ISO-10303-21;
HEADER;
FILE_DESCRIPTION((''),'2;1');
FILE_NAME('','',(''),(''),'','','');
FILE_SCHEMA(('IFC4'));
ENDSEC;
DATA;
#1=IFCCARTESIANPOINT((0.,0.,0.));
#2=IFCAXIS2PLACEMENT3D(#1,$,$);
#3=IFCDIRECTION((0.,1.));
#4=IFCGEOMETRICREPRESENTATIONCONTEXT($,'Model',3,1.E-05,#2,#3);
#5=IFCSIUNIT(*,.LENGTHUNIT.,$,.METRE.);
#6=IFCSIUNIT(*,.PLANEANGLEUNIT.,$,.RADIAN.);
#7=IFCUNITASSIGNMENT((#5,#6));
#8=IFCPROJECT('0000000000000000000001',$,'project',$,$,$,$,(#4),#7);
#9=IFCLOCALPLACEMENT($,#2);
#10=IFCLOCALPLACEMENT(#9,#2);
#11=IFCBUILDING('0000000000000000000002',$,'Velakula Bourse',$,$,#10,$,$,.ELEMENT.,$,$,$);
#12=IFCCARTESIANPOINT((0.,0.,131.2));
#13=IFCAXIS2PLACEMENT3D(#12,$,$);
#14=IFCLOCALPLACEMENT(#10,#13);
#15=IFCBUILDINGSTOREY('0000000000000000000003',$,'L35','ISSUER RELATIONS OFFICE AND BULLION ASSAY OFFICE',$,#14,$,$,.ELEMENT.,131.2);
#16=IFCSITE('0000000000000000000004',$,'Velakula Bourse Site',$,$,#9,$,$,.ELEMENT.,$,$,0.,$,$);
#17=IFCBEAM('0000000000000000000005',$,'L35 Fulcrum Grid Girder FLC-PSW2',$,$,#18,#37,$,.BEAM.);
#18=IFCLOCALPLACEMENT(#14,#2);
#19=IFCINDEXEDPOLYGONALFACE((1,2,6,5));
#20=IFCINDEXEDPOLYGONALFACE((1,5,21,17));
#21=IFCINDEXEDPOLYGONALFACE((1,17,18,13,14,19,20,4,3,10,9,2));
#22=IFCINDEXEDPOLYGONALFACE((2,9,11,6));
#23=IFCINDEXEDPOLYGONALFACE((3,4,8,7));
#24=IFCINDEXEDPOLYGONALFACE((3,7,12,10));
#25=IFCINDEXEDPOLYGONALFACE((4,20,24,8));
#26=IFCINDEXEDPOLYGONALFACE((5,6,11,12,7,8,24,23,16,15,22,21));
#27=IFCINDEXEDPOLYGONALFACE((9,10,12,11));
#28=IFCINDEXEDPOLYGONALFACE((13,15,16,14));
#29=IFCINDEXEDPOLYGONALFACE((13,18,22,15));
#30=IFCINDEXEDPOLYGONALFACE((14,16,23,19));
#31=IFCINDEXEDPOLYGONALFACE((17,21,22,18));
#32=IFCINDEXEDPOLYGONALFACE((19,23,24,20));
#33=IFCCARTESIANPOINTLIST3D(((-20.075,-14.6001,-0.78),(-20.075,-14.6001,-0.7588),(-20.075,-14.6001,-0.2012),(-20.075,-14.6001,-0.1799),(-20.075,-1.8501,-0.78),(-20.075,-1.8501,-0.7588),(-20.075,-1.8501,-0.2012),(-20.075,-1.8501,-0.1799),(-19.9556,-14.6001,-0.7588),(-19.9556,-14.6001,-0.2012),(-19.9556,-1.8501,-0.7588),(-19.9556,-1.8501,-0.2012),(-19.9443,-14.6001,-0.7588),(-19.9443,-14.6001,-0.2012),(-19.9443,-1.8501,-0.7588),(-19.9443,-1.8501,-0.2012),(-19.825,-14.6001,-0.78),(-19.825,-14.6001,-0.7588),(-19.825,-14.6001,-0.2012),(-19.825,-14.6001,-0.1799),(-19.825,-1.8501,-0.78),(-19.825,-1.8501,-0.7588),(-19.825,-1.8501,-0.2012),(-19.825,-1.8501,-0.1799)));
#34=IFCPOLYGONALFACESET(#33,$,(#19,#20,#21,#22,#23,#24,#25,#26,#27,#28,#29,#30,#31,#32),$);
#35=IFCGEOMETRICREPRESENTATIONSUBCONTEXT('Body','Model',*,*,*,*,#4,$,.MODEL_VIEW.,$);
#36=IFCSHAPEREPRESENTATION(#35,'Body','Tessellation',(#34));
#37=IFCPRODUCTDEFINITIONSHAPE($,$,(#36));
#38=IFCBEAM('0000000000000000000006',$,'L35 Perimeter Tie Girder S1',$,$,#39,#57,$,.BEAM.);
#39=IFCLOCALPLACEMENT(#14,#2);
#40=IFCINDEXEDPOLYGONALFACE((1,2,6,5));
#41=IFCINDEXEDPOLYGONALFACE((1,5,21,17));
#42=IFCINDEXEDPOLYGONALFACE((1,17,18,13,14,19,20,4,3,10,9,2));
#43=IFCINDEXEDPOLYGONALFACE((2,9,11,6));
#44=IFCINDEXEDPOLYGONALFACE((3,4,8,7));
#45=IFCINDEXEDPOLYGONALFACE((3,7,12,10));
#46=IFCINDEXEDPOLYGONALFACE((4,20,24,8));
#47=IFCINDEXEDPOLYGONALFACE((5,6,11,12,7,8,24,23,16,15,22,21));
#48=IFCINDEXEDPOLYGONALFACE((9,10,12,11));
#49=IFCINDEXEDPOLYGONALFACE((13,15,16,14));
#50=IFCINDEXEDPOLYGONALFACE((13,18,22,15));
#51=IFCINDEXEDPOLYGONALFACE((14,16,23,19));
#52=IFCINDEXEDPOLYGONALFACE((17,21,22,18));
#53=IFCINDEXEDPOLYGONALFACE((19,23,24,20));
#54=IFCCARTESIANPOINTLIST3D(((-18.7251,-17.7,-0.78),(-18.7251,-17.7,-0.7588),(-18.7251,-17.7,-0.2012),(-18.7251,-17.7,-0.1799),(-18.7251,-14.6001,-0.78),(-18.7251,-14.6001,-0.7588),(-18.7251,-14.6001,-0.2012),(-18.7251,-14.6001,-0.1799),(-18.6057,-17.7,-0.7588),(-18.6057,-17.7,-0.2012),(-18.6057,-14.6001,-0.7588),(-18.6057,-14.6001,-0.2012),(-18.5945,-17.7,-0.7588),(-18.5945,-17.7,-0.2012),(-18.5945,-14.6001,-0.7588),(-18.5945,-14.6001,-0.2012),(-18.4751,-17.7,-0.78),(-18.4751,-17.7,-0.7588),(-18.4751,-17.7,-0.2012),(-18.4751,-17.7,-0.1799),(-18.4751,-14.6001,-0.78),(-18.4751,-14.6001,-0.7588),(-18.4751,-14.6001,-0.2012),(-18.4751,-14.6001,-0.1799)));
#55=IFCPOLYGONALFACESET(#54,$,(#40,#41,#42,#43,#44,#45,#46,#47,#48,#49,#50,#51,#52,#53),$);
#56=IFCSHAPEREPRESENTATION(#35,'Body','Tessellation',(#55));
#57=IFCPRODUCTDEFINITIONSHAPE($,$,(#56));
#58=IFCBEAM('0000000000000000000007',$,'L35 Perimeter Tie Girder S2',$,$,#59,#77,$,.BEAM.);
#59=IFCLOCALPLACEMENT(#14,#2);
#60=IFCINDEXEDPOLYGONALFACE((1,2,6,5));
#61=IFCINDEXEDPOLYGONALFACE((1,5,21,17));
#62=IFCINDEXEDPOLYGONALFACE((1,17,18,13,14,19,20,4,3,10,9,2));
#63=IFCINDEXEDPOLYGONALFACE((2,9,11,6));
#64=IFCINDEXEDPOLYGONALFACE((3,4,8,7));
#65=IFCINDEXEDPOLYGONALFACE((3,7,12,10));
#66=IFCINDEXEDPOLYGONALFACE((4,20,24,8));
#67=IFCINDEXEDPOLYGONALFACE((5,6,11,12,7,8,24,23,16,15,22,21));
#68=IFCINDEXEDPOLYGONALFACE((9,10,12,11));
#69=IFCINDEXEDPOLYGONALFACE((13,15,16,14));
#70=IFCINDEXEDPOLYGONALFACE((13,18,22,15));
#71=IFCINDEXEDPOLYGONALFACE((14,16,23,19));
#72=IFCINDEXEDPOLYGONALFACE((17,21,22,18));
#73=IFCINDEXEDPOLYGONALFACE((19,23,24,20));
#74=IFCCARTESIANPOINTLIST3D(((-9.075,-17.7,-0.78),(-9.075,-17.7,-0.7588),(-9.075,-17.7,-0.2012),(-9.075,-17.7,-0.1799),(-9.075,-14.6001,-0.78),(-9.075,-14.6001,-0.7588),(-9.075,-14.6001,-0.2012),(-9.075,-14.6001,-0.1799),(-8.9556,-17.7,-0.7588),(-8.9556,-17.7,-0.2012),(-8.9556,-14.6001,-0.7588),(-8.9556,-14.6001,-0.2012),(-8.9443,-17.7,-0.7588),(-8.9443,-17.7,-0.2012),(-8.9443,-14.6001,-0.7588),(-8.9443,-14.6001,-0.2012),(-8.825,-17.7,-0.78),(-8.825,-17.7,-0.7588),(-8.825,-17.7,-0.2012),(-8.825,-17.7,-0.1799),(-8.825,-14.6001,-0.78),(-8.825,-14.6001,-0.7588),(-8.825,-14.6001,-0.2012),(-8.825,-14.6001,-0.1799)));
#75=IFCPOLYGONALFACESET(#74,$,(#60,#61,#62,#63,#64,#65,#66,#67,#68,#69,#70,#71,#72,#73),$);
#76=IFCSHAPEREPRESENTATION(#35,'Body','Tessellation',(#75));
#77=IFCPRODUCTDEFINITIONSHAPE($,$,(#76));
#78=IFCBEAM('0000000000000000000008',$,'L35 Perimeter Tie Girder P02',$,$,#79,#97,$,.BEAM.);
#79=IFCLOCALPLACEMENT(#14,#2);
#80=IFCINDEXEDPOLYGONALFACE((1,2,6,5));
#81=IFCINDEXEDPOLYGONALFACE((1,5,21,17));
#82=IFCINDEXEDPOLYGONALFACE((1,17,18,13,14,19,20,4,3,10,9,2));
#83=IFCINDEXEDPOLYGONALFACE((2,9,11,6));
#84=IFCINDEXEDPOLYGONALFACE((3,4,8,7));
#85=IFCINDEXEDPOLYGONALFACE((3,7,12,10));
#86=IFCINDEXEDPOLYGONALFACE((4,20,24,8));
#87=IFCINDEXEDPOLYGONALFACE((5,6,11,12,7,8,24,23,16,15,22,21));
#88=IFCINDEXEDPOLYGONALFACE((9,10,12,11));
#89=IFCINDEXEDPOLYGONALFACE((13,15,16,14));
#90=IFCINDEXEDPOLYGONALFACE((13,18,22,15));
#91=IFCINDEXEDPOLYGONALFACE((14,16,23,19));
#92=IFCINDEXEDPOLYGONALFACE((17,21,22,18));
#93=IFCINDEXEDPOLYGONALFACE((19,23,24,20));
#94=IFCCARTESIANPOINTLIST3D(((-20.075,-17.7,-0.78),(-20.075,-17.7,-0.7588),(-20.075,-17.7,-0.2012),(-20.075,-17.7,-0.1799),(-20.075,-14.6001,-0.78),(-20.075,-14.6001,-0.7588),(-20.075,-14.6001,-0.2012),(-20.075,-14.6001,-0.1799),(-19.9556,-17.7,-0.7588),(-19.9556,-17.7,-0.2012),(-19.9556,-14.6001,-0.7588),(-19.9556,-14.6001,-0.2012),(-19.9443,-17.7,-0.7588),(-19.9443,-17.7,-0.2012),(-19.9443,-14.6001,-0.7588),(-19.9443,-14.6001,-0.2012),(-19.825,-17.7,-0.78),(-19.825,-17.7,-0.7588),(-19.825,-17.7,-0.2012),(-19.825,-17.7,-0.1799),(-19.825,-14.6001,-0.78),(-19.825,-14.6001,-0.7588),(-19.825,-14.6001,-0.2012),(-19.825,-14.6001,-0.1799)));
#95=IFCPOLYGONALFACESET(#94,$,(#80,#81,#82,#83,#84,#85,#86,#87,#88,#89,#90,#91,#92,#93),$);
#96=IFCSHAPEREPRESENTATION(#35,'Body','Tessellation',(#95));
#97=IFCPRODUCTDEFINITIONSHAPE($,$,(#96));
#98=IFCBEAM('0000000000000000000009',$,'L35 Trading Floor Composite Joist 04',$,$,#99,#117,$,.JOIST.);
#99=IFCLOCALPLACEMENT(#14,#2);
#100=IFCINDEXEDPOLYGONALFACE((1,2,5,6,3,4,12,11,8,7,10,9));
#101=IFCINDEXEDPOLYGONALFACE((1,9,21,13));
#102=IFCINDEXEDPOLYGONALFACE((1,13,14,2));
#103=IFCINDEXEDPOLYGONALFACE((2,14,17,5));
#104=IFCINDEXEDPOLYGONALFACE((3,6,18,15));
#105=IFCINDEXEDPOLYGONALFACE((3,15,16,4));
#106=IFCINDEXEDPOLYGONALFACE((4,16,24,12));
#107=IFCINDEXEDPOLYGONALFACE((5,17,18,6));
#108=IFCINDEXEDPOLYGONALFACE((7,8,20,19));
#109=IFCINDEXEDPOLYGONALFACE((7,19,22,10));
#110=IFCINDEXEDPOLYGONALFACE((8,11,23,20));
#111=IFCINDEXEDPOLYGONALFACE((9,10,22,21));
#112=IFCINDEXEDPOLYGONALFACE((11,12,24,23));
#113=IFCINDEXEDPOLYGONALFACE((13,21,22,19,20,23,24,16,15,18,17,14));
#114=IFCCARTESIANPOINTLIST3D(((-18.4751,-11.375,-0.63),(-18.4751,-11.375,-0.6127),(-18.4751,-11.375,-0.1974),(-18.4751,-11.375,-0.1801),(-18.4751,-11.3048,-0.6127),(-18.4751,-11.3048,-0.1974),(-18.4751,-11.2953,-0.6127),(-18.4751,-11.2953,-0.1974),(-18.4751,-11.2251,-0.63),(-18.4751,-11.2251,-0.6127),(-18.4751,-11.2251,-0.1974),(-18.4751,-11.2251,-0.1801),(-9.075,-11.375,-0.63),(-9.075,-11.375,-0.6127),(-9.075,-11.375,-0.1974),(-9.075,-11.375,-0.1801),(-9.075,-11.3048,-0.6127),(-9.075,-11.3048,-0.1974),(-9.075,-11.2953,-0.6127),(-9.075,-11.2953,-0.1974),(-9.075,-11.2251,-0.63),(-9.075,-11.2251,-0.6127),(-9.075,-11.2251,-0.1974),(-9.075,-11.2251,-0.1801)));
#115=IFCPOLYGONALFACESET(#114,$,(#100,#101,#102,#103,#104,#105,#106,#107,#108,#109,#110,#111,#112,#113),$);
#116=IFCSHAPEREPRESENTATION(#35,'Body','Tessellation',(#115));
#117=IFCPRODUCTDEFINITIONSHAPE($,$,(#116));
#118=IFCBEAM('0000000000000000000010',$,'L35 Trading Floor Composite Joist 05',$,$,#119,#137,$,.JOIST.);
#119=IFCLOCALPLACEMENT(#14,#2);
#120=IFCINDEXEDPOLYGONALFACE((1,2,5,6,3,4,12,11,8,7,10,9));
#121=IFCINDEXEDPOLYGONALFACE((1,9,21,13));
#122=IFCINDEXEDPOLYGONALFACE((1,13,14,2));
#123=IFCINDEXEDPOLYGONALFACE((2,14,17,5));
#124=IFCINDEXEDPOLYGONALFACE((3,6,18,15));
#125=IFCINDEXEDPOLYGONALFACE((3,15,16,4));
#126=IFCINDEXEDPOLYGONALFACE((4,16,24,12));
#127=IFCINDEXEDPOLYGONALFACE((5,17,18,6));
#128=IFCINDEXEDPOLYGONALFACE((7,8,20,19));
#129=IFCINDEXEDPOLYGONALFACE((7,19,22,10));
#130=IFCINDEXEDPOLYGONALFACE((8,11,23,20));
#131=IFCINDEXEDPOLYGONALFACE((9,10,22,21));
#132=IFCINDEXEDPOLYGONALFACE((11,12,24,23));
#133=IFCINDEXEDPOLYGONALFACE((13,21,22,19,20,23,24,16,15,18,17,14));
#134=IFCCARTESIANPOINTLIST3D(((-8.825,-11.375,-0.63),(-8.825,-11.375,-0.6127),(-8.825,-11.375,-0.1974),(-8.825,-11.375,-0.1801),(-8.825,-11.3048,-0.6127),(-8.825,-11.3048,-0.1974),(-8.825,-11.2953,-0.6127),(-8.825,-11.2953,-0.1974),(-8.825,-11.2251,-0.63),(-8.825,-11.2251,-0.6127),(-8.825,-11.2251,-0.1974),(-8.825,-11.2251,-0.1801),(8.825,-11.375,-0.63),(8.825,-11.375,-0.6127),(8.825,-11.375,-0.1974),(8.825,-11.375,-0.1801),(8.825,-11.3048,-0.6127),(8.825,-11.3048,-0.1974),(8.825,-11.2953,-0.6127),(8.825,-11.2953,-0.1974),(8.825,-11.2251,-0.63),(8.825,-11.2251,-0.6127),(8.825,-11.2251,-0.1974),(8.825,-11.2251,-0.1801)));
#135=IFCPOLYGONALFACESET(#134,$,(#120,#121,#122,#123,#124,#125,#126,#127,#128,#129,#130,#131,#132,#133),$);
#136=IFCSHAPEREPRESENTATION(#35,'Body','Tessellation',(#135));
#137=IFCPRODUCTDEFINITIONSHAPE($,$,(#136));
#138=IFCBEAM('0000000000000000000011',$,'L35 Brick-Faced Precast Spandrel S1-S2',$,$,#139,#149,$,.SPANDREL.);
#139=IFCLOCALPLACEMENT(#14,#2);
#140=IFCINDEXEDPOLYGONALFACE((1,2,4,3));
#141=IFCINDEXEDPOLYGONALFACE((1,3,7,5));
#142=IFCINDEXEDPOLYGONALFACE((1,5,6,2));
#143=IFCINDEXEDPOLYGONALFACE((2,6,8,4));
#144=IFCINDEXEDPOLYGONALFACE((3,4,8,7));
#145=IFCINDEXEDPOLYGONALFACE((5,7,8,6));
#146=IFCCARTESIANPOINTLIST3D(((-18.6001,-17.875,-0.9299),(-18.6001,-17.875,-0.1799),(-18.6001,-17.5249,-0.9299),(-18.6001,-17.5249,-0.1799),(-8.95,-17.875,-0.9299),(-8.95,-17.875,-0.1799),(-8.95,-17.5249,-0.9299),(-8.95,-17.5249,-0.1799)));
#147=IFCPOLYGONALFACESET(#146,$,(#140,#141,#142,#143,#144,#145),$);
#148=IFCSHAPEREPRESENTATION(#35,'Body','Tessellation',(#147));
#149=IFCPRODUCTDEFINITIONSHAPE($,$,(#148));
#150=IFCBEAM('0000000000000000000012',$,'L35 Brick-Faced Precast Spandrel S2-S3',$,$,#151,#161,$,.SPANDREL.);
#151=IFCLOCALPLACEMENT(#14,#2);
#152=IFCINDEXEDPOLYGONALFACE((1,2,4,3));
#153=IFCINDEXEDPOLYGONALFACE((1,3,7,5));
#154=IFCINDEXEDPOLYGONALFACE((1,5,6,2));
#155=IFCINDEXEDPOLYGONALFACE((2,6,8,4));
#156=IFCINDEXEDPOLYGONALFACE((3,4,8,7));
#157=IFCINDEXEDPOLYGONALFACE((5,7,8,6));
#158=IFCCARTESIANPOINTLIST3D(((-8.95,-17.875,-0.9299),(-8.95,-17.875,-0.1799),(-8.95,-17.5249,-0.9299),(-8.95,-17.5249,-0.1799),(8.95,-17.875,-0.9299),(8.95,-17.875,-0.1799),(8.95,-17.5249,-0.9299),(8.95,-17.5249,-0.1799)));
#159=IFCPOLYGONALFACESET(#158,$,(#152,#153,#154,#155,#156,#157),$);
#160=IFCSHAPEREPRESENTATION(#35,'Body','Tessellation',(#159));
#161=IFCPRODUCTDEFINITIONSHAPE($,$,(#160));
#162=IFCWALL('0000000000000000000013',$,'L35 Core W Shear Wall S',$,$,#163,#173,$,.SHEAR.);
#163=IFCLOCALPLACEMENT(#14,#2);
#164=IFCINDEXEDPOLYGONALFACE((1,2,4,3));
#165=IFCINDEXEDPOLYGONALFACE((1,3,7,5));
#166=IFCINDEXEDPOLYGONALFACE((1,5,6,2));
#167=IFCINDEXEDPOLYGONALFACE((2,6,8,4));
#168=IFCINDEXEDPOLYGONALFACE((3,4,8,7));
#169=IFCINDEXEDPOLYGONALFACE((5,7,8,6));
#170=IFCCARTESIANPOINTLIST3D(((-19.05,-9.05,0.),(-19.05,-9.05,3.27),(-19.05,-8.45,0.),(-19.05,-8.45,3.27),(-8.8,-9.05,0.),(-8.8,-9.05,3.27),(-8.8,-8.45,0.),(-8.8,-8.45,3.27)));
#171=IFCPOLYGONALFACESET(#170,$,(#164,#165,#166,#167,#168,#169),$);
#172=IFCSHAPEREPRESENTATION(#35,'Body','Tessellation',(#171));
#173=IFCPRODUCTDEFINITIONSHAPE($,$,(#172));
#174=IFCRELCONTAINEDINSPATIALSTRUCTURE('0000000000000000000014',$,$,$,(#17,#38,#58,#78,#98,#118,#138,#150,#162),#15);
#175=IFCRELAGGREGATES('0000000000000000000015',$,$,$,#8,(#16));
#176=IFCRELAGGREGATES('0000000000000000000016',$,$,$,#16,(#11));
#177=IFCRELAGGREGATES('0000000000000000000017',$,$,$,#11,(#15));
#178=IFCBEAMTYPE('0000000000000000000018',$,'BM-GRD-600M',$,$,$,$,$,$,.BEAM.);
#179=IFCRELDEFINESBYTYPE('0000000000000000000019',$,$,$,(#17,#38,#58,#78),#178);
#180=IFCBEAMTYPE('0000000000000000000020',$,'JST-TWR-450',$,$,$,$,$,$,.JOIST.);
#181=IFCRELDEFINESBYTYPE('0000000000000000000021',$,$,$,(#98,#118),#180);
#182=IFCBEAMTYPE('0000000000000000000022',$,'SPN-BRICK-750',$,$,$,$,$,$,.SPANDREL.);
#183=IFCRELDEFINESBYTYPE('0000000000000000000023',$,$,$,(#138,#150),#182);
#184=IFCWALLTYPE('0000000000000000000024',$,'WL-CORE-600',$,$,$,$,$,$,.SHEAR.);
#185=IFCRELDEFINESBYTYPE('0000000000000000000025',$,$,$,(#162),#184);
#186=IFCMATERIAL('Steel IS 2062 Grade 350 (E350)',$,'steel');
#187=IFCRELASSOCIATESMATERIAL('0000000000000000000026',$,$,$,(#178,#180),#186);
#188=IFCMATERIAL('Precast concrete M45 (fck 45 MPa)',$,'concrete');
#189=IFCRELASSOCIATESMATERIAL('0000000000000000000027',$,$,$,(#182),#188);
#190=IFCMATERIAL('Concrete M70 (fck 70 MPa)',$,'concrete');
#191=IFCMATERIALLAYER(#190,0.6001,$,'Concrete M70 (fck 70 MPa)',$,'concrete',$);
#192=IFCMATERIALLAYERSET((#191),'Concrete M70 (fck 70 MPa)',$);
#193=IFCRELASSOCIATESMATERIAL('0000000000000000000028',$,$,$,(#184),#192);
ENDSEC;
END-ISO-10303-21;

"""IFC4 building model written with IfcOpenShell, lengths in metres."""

from ifc_helpers import new_model, si_unit, direction, frame, frame_2d, origin, origin_2d, place, context, subcontext, project, spatial, rectangle, i_section, extrude, material, layer, layer_set, material_profile, profile_set, type_object, element, save


model = new_model("IFC4")

# Units and contexts
model_context = context("Model", 3, precision=1e-05, world=origin(), true_north=direction((0.0, 1.0)))
body_context = subcontext(model_context, "Body", "Model", "MODEL_VIEW")
ifc_project = project(units=[si_unit("LENGTHUNIT", "METRE"), si_unit("PLANEANGLEUNIT", "RADIAN")], contexts=[model_context])

# Site, building, storey
site_placement = place(None, origin())
site = spatial("IfcSite", under=ifc_project, at=site_placement, Name="Velakula Bourse Site", CompositionType="ELEMENT", RefElevation=0.0)
building_placement = place(site_placement, origin())
building = spatial("IfcBuilding", under=site, at=building_placement, Name="Velakula Bourse", CompositionType="ELEMENT")
storey_placement = place(building_placement, frame((0.0, 0.0, 131.2)))
storey = spatial("IfcBuildingStorey", under=building, at=storey_placement, Name="L35", Description="ISSUER RELATIONS OFFICE AND BULLION ASSAY OFFICE", CompositionType="ELEMENT", Elevation=131.2)

# Shared definitions
ifc_material_1 = material(Name="Concrete M70 (fck 70 MPa)", Category="concrete")
ifc_material_2 = material(Name="Steel IS 2062 Grade 350 (E350)", Category="steel")

# Beams
ifc_material_profile_1 = material_profile(ifc_material_2, i_section(OverallWidth=0.25, OverallDepth=0.6001, WebThickness=0.0112, FlangeThickness=0.0212, at=origin_2d()), Name="Steel IS 2062 Grade 350 (E350)")
ifc_profile_set_1 = profile_set([ifc_material_profile_1], Name="Steel IS 2062 Grade 350 (E350)")
beam_type_1 = type_object("IfcBeamType", Name="BM-GRD-600M", PredefinedType="BEAM", material=ifc_profile_set_1)
beam_1_placement = place(storey_placement, frame((-19.95, -14.6001, -0.48), z_axis=(0.0, 1.0, 0.0), x_axis=(-1.0, 0.0, 0.0)))
element("IfcBeam", 1, at=beam_1_placement, inside=storey, type_object=beam_type_1, Name="L35 Fulcrum Grid Girder FLC-PSW2", PredefinedType="BEAM", context=body_context, shape_type="SweptSolid", body=[
    extrude(i_section(OverallWidth=0.25, OverallDepth=0.6001, WebThickness=0.0112, FlangeThickness=0.0212, at=origin_2d()), origin(), (0.0, 0.0, 1.0), 12.75),
])
for number, where, z_axis, x_axis, name in (
    (2, (-18.6001, -14.6001, -0.48), (0.0, -1.0, 0.0), (1.0, 0.0, 0.0), "L35 Perimeter Tie Girder S1"),
    (3, (-8.95, -14.6001, -0.48), (0.0, -1.0, 0.0), (1.0, 0.0, 0.0), "L35 Perimeter Tie Girder S2"),
    (4, (-19.95, -14.6001, -0.48), (0.0, -1.0, 0.0), (1.0, 0.0, 0.0), "L35 Perimeter Tie Girder P02"),
):
    element("IfcBeam", number, at=place(storey_placement, frame(where, z_axis=z_axis, x_axis=x_axis)), inside=storey, type_object=beam_type_1, Name=name, PredefinedType="BEAM", context=body_context, shape_type="SweptSolid", body=[
        extrude(i_section(OverallWidth=0.25, OverallDepth=0.6001, WebThickness=0.0112, FlangeThickness=0.0212, at=origin_2d()), origin(), (0.0, 0.0, 1.0), 3.0999),
    ])
ifc_material_profile_2 = material_profile(ifc_material_2, i_section(OverallWidth=0.1499, OverallDepth=0.45, WebThickness=0.0095, FlangeThickness=0.0173, at=origin_2d()), Name="Steel IS 2062 Grade 350 (E350)")
ifc_profile_set_2 = profile_set([ifc_material_profile_2], Name="Steel IS 2062 Grade 350 (E350)")
beam_type_2 = type_object("IfcBeamType", Name="JST-TWR-450", PredefinedType="JOIST", material=ifc_profile_set_2)
beam_2_placement = place(storey_placement, frame((-18.4751, -11.3, -0.405), z_axis=(1.0, 0.0, 0.0), x_axis=(0.0, 1.0, 0.0)))
element("IfcBeam", 5, at=beam_2_placement, inside=storey, type_object=beam_type_2, Name="L35 Trading Floor Composite Joist 04", PredefinedType="JOIST", context=body_context, shape_type="SweptSolid", body=[
    extrude(i_section(OverallWidth=0.1499, OverallDepth=0.45, WebThickness=0.0095, FlangeThickness=0.0173, at=origin_2d()), origin(), (0.0, 0.0, 1.0), 9.4001),
])
beam_3_placement = place(storey_placement, frame((-8.825, -11.3, -0.405), z_axis=(1.0, 0.0, 0.0), x_axis=(0.0, 1.0, 0.0)))
element("IfcBeam", 6, at=beam_3_placement, inside=storey, type_object=beam_type_2, Name="L35 Trading Floor Composite Joist 05", PredefinedType="JOIST", context=body_context, shape_type="SweptSolid", body=[
    extrude(i_section(OverallWidth=0.1499, OverallDepth=0.45, WebThickness=0.0095, FlangeThickness=0.0173, at=origin_2d()), origin(), (0.0, 0.0, 1.0), 17.6499),
])
ifc_material_3 = material(Name="Precast concrete M45 (fck 45 MPa)", Category="concrete")
ifc_material_profile_3 = material_profile(ifc_material_3, rectangle(XDim=0.3501, YDim=0.75, at=origin_2d()), Name="Precast concrete M45 (fck 45 MPa)")
ifc_profile_set_3 = profile_set([ifc_material_profile_3], Name="Precast concrete M45 (fck 45 MPa)")
beam_type_3 = type_object("IfcBeamType", Name="SPN-BRICK-750", PredefinedType="SPANDREL", material=ifc_profile_set_3)
beam_4_placement = place(storey_placement, frame((-18.6001, -17.7, -0.5549), z_axis=(1.0, 0.0, 0.0), x_axis=(0.0, 1.0, 0.0)))
element("IfcBeam", 7, at=beam_4_placement, inside=storey, type_object=beam_type_3, Name="L35 Brick-Faced Precast Spandrel S1-S2", PredefinedType="SPANDREL", context=body_context, shape_type="SweptSolid", body=[
    extrude(rectangle(XDim=0.3501, YDim=0.75, at=origin_2d()), origin(), (0.0, 0.0, 1.0), 9.6501),
])
beam_5_placement = place(storey_placement, frame((-8.95, -17.7, -0.5549), z_axis=(1.0, 0.0, 0.0), x_axis=(0.0, 1.0, 0.0)))
element("IfcBeam", 8, at=beam_5_placement, inside=storey, type_object=beam_type_3, Name="L35 Brick-Faced Precast Spandrel S2-S3", PredefinedType="SPANDREL", context=body_context, shape_type="SweptSolid", body=[
    extrude(rectangle(XDim=0.3501, YDim=0.75, at=origin_2d()), origin(), (0.0, 0.0, 1.0), 17.8999),
])

# Wall
ifc_layer_1 = layer(ifc_material_1, 0.6001, Name="Concrete M70 (fck 70 MPa)", Category="concrete")
ifc_layer_set_1 = layer_set([ifc_layer_1], Name="Concrete M70 (fck 70 MPa)")
wall_type_1 = type_object("IfcWallType", Name="WL-CORE-600", PredefinedType="SHEAR", material=ifc_layer_set_1)
wall_1_placement = place(storey_placement, frame((-19.05, -8.75, 0.0), z_axis=(0.0, 0.0, 1.0), x_axis=(1.0, 0.0, 0.0)))
element("IfcWall", 9, at=wall_1_placement, inside=storey, type_object=wall_type_1, Name="L35 Core W Shear Wall S", PredefinedType="SHEAR", context=body_context, shape_type="SweptSolid", body=[
    extrude(rectangle(XDim=10.25, YDim=0.6001, at=frame_2d((5.125, 0.0))), origin(), (0.0, 0.0, 1.0), 3.27),
])

save(model, "model.ifc")
